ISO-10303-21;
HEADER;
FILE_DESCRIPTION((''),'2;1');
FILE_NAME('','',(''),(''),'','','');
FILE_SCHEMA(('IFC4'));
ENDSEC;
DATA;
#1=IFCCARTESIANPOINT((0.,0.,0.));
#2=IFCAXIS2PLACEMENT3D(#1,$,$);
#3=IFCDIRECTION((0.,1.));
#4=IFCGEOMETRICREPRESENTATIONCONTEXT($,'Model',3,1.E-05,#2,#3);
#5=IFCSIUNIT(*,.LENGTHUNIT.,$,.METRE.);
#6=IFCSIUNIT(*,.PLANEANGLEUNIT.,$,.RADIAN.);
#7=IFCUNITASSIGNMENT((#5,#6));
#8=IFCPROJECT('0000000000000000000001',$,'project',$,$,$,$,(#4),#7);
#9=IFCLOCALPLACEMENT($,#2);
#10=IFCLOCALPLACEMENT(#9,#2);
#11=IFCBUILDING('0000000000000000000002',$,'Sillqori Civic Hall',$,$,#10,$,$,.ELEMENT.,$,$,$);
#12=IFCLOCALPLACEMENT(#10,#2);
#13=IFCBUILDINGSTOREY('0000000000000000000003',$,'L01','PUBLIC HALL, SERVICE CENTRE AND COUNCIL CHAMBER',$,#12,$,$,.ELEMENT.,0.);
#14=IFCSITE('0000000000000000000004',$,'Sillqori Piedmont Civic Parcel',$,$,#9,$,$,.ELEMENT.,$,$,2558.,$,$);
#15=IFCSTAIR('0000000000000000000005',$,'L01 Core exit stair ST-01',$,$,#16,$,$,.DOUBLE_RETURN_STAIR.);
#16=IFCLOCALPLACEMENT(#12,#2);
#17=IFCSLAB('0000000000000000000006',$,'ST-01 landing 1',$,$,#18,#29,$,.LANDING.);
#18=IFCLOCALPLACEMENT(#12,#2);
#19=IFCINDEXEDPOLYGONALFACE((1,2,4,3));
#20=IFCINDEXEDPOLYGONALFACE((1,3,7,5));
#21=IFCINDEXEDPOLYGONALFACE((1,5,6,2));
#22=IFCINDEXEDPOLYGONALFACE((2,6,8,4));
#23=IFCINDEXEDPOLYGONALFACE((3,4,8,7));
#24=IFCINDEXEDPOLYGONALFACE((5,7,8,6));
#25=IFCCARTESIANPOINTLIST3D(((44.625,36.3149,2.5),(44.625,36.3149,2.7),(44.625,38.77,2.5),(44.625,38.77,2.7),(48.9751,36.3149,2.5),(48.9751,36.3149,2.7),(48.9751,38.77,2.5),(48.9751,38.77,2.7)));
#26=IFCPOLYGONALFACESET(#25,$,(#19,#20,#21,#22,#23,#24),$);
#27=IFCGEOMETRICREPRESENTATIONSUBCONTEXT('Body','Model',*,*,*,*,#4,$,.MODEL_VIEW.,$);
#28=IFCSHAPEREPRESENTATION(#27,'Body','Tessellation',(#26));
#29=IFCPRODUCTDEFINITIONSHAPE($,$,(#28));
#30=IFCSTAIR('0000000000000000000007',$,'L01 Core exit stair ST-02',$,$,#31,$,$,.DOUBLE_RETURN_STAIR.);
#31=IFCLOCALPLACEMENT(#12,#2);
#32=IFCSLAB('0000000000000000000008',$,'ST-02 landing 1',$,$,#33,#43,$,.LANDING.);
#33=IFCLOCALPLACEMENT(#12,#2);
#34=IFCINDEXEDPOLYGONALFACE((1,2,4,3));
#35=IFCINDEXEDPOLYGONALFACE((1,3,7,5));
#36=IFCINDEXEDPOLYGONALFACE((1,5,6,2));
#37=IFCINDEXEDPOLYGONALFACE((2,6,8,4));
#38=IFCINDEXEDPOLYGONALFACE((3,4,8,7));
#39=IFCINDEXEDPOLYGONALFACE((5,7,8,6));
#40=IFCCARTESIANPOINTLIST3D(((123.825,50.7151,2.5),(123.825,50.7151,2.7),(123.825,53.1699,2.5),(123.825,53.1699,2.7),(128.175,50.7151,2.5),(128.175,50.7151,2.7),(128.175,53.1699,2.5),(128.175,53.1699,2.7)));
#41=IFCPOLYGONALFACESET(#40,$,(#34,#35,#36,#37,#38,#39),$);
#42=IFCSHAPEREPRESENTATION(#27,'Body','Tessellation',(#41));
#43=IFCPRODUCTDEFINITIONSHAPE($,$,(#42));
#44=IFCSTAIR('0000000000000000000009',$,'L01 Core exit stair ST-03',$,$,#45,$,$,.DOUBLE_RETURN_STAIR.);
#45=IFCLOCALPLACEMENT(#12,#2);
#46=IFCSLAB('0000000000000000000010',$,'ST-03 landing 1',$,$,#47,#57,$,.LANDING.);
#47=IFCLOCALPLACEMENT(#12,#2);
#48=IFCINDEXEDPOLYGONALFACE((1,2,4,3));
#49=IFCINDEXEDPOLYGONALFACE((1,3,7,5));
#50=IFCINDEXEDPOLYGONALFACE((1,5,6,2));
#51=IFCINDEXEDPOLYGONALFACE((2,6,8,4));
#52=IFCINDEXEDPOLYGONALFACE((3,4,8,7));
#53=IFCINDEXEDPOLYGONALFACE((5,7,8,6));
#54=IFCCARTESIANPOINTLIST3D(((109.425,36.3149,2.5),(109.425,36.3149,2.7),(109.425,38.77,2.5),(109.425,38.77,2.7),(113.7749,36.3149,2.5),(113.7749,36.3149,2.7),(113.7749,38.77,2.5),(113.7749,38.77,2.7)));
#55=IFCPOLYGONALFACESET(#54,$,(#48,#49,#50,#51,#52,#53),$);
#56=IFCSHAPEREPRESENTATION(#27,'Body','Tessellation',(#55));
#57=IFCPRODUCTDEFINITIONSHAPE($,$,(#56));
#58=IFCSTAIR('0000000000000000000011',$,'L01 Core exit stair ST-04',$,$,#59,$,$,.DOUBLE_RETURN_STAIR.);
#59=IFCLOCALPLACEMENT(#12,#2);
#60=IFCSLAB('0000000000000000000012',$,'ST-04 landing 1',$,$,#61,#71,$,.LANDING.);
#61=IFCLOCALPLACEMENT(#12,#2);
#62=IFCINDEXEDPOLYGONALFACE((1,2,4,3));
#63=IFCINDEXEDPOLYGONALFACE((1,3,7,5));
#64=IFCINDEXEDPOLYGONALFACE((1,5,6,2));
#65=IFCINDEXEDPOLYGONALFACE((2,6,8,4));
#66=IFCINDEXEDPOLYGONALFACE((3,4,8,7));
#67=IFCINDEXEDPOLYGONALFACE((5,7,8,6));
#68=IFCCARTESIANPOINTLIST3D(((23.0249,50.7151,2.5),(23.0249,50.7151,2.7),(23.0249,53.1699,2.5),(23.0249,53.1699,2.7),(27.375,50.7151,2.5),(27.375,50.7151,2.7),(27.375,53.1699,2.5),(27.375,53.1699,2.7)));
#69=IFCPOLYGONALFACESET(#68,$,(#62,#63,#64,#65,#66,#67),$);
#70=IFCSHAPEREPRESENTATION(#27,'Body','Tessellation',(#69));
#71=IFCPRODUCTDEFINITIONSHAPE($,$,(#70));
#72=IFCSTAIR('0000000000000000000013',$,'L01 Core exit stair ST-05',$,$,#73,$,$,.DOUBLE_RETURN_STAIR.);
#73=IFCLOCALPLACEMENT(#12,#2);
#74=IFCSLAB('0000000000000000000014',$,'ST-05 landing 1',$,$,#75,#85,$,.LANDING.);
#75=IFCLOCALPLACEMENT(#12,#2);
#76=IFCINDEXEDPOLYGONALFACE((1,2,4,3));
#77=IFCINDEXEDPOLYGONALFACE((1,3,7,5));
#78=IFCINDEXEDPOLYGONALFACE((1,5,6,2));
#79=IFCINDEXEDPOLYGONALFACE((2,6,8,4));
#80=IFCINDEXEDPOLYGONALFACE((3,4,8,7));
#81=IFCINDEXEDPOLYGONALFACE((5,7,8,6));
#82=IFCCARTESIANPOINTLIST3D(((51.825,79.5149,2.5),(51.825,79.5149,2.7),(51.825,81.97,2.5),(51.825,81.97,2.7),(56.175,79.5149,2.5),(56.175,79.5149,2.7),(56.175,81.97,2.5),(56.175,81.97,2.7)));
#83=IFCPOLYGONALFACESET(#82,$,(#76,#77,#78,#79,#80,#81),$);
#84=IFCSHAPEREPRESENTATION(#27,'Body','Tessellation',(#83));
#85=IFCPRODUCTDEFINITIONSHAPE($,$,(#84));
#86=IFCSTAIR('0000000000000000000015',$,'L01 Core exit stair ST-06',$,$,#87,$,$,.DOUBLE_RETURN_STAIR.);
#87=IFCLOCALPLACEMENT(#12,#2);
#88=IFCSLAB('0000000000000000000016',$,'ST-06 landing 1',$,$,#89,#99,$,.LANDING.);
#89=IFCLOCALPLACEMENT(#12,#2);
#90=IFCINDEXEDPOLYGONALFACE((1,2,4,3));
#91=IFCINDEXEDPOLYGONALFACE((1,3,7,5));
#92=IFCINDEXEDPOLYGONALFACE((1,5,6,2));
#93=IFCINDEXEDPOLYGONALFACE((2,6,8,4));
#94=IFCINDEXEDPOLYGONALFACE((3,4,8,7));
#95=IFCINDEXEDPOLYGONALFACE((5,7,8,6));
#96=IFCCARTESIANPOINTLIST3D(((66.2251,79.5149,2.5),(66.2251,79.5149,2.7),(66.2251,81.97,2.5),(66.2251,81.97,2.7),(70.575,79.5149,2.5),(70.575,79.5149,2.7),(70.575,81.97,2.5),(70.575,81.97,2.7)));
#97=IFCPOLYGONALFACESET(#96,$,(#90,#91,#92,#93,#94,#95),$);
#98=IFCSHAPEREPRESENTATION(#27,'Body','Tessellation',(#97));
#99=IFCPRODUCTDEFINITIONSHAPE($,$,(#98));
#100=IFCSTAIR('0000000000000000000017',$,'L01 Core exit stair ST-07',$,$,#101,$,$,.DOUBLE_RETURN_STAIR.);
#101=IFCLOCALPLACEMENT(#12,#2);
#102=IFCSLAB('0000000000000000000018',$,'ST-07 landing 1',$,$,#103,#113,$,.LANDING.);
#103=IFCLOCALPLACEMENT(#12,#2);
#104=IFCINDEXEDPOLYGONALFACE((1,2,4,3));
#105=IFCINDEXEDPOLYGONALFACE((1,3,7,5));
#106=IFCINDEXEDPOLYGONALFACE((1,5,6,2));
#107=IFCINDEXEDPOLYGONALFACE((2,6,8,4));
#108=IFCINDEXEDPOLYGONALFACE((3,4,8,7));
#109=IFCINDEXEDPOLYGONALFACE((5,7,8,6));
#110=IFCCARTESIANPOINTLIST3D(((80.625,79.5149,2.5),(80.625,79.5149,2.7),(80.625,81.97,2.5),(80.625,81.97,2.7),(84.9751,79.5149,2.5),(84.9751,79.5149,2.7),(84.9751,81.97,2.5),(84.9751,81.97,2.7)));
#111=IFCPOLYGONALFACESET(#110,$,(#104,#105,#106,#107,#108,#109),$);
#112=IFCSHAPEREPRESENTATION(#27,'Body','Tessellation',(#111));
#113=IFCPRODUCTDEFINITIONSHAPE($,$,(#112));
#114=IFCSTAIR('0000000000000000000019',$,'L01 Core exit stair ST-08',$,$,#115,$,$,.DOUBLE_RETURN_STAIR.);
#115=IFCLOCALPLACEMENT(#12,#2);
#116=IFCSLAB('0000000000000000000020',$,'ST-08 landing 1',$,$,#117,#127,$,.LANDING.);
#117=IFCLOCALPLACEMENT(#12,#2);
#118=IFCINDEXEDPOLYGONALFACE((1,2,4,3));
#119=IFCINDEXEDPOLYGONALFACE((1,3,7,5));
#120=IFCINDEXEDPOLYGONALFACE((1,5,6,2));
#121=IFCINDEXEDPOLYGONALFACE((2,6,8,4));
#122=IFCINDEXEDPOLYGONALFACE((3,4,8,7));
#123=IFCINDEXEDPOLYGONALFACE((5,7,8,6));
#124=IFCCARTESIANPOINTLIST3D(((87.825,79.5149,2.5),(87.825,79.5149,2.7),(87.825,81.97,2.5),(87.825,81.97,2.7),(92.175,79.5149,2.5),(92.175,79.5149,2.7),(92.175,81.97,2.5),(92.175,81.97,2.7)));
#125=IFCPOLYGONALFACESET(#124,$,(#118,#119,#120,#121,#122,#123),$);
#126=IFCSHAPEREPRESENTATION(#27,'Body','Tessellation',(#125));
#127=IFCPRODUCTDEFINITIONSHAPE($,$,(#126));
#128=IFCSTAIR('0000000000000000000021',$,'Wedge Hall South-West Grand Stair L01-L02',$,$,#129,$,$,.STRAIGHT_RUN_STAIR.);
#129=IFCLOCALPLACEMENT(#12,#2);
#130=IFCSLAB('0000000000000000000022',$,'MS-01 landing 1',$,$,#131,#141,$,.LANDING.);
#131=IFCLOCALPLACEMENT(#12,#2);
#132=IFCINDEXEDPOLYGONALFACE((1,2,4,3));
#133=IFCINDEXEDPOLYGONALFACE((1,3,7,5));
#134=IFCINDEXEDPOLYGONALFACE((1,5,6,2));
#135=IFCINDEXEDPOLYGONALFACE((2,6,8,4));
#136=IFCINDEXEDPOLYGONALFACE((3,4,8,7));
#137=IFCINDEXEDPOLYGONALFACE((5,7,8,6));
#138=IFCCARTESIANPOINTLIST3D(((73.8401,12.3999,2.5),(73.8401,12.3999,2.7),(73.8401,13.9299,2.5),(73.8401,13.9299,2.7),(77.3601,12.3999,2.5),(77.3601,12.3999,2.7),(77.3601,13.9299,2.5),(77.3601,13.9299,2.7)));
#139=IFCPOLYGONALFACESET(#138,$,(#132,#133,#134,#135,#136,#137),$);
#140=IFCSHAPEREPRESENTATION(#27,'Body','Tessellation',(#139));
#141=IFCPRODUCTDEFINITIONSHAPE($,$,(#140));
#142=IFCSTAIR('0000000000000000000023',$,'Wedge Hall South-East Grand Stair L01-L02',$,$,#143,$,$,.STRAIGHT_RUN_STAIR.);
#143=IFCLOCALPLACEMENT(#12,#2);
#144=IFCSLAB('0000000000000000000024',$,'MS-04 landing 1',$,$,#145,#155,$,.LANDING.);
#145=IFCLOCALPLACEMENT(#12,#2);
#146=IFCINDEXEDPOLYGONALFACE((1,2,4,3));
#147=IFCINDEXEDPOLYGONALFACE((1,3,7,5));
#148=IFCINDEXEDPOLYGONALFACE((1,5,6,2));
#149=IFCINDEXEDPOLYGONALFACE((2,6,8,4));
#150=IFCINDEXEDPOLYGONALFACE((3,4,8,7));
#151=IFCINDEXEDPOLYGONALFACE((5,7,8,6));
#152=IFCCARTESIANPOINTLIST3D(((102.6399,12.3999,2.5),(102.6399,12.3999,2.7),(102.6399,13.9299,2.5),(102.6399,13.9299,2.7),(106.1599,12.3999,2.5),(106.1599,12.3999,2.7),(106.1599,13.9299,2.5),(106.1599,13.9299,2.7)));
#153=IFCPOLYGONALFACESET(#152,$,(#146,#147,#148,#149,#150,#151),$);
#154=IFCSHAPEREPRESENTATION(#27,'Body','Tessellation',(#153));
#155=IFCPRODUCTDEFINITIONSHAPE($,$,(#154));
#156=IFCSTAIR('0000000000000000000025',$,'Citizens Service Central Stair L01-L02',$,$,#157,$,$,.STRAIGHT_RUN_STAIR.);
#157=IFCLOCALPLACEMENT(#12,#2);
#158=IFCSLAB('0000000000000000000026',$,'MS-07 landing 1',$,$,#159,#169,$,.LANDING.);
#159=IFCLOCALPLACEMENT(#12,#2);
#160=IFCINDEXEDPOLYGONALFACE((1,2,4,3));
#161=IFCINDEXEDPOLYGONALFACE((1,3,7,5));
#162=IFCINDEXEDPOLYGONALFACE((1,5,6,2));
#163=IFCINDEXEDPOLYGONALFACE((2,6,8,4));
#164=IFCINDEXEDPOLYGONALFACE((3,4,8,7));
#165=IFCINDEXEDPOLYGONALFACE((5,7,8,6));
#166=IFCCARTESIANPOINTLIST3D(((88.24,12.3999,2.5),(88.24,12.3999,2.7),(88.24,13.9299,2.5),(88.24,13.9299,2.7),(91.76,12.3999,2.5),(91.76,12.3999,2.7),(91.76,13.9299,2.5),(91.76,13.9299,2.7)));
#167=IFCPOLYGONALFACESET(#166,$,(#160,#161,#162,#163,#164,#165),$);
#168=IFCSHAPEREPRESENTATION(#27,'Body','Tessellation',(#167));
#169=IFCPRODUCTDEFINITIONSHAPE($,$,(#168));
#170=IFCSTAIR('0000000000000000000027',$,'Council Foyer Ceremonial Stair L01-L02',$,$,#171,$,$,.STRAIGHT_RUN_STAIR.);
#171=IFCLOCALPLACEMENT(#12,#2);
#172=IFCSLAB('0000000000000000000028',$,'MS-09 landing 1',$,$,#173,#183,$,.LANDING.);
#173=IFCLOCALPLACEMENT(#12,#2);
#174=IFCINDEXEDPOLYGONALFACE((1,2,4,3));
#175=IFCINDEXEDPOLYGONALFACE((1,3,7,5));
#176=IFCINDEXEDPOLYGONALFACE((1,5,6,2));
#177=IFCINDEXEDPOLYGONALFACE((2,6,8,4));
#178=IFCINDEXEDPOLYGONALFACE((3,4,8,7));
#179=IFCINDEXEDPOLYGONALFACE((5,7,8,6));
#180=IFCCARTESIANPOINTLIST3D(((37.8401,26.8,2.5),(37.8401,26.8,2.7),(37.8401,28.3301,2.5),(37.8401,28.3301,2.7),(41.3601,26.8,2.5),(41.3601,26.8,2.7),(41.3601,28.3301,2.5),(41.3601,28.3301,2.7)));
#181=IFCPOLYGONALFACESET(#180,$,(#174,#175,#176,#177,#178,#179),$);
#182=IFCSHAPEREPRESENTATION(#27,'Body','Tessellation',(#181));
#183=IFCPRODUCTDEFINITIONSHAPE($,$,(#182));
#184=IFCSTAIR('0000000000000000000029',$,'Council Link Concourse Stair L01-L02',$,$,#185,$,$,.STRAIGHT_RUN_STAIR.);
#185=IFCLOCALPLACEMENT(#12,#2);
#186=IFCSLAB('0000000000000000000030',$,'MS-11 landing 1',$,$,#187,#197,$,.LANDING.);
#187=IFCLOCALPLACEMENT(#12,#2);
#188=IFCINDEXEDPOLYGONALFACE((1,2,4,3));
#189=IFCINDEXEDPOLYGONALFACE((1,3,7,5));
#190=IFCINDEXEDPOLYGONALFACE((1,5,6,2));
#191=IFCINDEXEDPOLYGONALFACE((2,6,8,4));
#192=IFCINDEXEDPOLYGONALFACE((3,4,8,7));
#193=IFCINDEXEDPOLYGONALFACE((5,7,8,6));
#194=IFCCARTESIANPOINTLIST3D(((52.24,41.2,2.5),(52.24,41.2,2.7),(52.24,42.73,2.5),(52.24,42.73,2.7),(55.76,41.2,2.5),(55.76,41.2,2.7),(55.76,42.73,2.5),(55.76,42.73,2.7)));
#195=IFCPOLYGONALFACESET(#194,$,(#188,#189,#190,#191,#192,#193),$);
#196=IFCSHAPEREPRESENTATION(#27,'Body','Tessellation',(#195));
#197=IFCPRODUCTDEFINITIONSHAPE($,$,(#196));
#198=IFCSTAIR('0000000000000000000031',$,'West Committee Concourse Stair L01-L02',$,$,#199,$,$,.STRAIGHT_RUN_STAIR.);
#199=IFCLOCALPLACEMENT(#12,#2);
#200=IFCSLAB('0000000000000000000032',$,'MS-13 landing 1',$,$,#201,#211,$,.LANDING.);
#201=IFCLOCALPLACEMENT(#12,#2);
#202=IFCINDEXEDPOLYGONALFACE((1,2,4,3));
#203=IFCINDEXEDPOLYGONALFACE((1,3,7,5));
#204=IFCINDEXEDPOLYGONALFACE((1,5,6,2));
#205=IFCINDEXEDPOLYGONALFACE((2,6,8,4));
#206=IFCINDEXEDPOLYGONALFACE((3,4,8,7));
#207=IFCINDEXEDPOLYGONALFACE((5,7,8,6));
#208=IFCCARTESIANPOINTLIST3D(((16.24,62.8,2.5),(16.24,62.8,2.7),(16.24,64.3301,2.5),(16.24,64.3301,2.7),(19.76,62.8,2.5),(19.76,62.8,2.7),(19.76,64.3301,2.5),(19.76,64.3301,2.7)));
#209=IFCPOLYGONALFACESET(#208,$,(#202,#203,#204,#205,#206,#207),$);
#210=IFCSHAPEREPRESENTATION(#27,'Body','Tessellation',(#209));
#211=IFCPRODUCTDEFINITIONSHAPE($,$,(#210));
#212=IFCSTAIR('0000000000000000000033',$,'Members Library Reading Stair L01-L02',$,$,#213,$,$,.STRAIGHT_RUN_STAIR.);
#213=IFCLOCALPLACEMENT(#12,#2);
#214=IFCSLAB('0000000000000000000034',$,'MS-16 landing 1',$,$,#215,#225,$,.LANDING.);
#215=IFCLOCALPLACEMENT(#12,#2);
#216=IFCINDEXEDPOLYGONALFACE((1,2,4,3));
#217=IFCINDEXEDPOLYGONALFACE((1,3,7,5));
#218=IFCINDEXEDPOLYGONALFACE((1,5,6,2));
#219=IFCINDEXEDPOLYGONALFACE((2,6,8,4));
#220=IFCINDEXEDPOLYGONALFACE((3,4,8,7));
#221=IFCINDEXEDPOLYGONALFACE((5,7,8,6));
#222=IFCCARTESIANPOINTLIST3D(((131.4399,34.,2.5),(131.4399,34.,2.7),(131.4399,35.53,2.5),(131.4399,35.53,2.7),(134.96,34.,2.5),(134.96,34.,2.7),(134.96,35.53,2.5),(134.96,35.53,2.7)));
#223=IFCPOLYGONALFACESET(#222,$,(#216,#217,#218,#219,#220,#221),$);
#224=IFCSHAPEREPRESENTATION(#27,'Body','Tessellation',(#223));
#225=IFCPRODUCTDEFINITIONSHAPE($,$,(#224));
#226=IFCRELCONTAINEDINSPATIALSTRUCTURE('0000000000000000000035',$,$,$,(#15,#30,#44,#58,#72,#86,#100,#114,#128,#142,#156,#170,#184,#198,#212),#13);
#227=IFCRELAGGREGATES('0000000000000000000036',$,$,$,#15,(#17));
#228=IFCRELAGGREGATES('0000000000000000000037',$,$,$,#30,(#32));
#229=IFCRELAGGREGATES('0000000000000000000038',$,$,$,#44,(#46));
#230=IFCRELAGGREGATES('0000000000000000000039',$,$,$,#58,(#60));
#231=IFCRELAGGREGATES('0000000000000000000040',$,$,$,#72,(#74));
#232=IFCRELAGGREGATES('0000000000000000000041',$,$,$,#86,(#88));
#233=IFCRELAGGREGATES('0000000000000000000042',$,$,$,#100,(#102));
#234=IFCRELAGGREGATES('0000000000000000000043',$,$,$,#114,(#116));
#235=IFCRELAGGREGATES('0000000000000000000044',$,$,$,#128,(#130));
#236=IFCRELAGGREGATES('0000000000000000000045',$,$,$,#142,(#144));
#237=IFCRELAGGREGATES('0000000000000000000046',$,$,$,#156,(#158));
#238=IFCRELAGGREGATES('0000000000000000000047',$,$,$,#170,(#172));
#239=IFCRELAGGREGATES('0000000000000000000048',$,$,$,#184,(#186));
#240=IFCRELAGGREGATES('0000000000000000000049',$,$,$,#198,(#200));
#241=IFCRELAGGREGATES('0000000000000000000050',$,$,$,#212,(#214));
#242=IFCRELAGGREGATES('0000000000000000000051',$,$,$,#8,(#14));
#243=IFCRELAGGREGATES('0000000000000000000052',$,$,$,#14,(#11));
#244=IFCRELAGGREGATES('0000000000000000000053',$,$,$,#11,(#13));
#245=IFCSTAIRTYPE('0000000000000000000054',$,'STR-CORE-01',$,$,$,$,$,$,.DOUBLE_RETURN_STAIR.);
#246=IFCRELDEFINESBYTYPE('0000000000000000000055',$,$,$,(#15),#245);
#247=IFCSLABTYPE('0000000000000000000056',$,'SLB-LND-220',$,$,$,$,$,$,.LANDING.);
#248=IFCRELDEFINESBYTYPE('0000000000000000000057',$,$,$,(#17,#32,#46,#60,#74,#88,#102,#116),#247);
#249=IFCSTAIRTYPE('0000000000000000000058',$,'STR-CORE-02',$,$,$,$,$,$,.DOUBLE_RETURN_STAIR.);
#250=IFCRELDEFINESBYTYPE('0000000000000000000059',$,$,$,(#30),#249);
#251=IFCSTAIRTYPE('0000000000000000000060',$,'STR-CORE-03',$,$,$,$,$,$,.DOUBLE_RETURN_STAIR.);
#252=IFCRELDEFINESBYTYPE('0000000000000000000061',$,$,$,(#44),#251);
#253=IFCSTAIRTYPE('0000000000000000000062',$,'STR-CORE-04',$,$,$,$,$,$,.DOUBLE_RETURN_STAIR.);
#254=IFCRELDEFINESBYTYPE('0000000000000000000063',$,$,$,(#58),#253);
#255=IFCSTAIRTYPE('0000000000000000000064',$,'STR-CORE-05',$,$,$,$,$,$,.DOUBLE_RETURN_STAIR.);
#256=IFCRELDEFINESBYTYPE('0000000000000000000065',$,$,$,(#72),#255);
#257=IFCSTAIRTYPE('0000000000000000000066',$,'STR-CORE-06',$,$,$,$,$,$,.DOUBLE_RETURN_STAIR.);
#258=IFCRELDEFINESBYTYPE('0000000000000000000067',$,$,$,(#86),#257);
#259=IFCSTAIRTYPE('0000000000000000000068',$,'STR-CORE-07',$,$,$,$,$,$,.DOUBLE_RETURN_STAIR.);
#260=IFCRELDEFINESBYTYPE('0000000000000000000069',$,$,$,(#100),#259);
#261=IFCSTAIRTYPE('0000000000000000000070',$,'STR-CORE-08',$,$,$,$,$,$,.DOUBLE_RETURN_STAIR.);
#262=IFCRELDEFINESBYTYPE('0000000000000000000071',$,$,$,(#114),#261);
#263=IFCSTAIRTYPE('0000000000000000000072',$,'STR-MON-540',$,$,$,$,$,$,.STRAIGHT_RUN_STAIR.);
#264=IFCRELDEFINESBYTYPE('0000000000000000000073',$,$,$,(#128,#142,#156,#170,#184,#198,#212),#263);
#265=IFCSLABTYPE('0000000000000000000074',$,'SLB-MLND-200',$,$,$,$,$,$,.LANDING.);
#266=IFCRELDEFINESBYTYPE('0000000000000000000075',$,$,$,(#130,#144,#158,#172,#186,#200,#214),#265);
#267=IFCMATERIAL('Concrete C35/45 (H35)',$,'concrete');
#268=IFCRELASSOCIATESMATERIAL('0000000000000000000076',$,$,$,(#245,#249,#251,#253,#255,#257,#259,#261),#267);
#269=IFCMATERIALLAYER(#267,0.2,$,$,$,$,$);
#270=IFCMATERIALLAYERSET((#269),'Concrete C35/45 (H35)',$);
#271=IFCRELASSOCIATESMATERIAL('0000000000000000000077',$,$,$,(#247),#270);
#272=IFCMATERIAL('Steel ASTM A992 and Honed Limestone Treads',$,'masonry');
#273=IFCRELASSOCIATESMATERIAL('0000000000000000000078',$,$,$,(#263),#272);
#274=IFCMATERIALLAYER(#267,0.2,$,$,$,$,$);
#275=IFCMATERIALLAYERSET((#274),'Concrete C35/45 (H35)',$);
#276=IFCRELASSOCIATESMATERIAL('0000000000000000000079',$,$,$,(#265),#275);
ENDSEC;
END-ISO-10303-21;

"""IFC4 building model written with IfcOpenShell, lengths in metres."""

from ifc_helpers import new_model, si_unit, direction, frame, origin, place, context, subcontext, project, spatial, polyline, outline, extrude, material, layer, layer_set, type_object, element, aggregate, save


model = new_model("IFC4")

# Units and contexts
model_context = context("Model", 3, precision=1e-05, world=origin(), true_north=direction((0.0, 1.0)))
body_context = subcontext(model_context, "Body", "Model", "MODEL_VIEW")
ifc_project = project(units=[si_unit("LENGTHUNIT", "METRE"), si_unit("PLANEANGLEUNIT", "RADIAN")], contexts=[model_context])

# Site, building, storey
site_placement = place(None, origin())
site = spatial("IfcSite", under=ifc_project, at=site_placement, Name="Sillqori Piedmont Civic Parcel", CompositionType="ELEMENT", RefElevation=2558.0)
building_placement = place(site_placement, origin())
building = spatial("IfcBuilding", under=site, at=building_placement, Name="Sillqori Civic Hall", CompositionType="ELEMENT")
storey_placement = place(building_placement, origin())
storey = spatial("IfcBuildingStorey", under=building, at=storey_placement, Name="L01", Description="PUBLIC HALL, SERVICE CENTRE AND COUNCIL CHAMBER", CompositionType="ELEMENT", Elevation=0.0)

# Stairs, slabs
ifc_material_1 = material(Name="Concrete C35/45 (H35)", Category="concrete")
stair_type_1 = type_object("IfcStairType", Name="STR-CORE-01", PredefinedType="DOUBLE_RETURN_STAIR", material=ifc_material_1)
stair_1_placement = place(storey_placement, origin())
stair_1 = element("IfcStair", 1, at=stair_1_placement, inside=storey, type_object=stair_type_1, Name="L01 Core exit stair ST-01", PredefinedType="DOUBLE_RETURN_STAIR")
ifc_layer_1 = layer(ifc_material_1, 0.2)
ifc_layer_set_1 = layer_set([ifc_layer_1], Name="Concrete C35/45 (H35)")
slab_type_1 = type_object("IfcSlabType", Name="SLB-LND-220", PredefinedType="LANDING", material=ifc_layer_set_1)
slab_1_placement = place(storey_placement, frame((0.0, 0.0, 2.5)))
slab_1 = element("IfcSlab", 2, at=slab_1_placement, type_object=slab_type_1, Name="ST-01 landing 1", PredefinedType="LANDING", context=body_context, shape_type="SweptSolid", body=[
    extrude(outline(polyline([(44.625, 38.77), (44.625, 36.3149), (48.9751, 36.3149), (48.9751, 38.77), (44.625, 38.77)])), origin(), (0.0, 0.0, 1.0), 0.2),
])
aggregate(stair_1, [slab_1])
stair_type_2 = type_object("IfcStairType", Name="STR-CORE-02", PredefinedType="DOUBLE_RETURN_STAIR", material=ifc_material_1)
stair_2_placement = place(storey_placement, origin())
stair_2 = element("IfcStair", 3, at=stair_2_placement, inside=storey, type_object=stair_type_2, Name="L01 Core exit stair ST-02", PredefinedType="DOUBLE_RETURN_STAIR")
slab_2_placement = place(storey_placement, frame((0.0, 0.0, 2.5)))
slab_2 = element("IfcSlab", 4, at=slab_2_placement, type_object=slab_type_1, Name="ST-02 landing 1", PredefinedType="LANDING", context=body_context, shape_type="SweptSolid", body=[
    extrude(outline(polyline([(123.825, 53.1699), (123.825, 50.7151), (128.175, 50.7151), (128.175, 53.1699), (123.825, 53.1699)])), origin(), (0.0, 0.0, 1.0), 0.2),
])
aggregate(stair_2, [slab_2])
stair_type_3 = type_object("IfcStairType", Name="STR-CORE-03", PredefinedType="DOUBLE_RETURN_STAIR", material=ifc_material_1)
stair_3_placement = place(storey_placement, origin())
stair_3 = element("IfcStair", 5, at=stair_3_placement, inside=storey, type_object=stair_type_3, Name="L01 Core exit stair ST-03", PredefinedType="DOUBLE_RETURN_STAIR")
slab_3_placement = place(storey_placement, frame((0.0, 0.0, 2.5)))
slab_3 = element("IfcSlab", 6, at=slab_3_placement, type_object=slab_type_1, Name="ST-03 landing 1", PredefinedType="LANDING", context=body_context, shape_type="SweptSolid", body=[
    extrude(outline(polyline([(109.425, 38.77), (109.425, 36.3149), (113.7749, 36.3149), (113.7749, 38.77), (109.425, 38.77)])), origin(), (0.0, 0.0, 1.0), 0.2),
])
aggregate(stair_3, [slab_3])
stair_type_4 = type_object("IfcStairType", Name="STR-CORE-04", PredefinedType="DOUBLE_RETURN_STAIR", material=ifc_material_1)
stair_4_placement = place(storey_placement, origin())
stair_4 = element("IfcStair", 7, at=stair_4_placement, inside=storey, type_object=stair_type_4, Name="L01 Core exit stair ST-04", PredefinedType="DOUBLE_RETURN_STAIR")
slab_4_placement = place(storey_placement, frame((0.0, 0.0, 2.5)))
slab_4 = element("IfcSlab", 8, at=slab_4_placement, type_object=slab_type_1, Name="ST-04 landing 1", PredefinedType="LANDING", context=body_context, shape_type="SweptSolid", body=[
    extrude(outline(polyline([(23.0249, 53.1699), (23.0249, 50.7151), (27.375, 50.7151), (27.375, 53.1699), (23.0249, 53.1699)])), origin(), (0.0, 0.0, 1.0), 0.2),
])
aggregate(stair_4, [slab_4])
stair_type_5 = type_object("IfcStairType", Name="STR-CORE-05", PredefinedType="DOUBLE_RETURN_STAIR", material=ifc_material_1)
stair_5_placement = place(storey_placement, origin())
stair_5 = element("IfcStair", 9, at=stair_5_placement, inside=storey, type_object=stair_type_5, Name="L01 Core exit stair ST-05", PredefinedType="DOUBLE_RETURN_STAIR")
slab_5_placement = place(storey_placement, frame((0.0, 0.0, 2.5)))
slab_5 = element("IfcSlab", 10, at=slab_5_placement, type_object=slab_type_1, Name="ST-05 landing 1", PredefinedType="LANDING", context=body_context, shape_type="SweptSolid", body=[
    extrude(outline(polyline([(51.825, 81.97), (51.825, 79.5149), (56.175, 79.5149), (56.175, 81.97), (51.825, 81.97)])), origin(), (0.0, 0.0, 1.0), 0.2),
])
aggregate(stair_5, [slab_5])
stair_type_6 = type_object("IfcStairType", Name="STR-CORE-06", PredefinedType="DOUBLE_RETURN_STAIR", material=ifc_material_1)
stair_6_placement = place(storey_placement, origin())
stair_6 = element("IfcStair", 11, at=stair_6_placement, inside=storey, type_object=stair_type_6, Name="L01 Core exit stair ST-06", PredefinedType="DOUBLE_RETURN_STAIR")
slab_6_placement = place(storey_placement, frame((0.0, 0.0, 2.5)))
slab_6 = element("IfcSlab", 12, at=slab_6_placement, type_object=slab_type_1, Name="ST-06 landing 1", PredefinedType="LANDING", context=body_context, shape_type="SweptSolid", body=[
    extrude(outline(polyline([(66.2251, 81.97), (66.2251, 79.5149), (70.575, 79.5149), (70.575, 81.97), (66.2251, 81.97)])), origin(), (0.0, 0.0, 1.0), 0.2),
])
aggregate(stair_6, [slab_6])
stair_type_7 = type_object("IfcStairType", Name="STR-CORE-07", PredefinedType="DOUBLE_RETURN_STAIR", material=ifc_material_1)
stair_7_placement = place(storey_placement, origin())
stair_7 = element("IfcStair", 13, at=stair_7_placement, inside=storey, type_object=stair_type_7, Name="L01 Core exit stair ST-07", PredefinedType="DOUBLE_RETURN_STAIR")
slab_7_placement = place(storey_placement, frame((0.0, 0.0, 2.5)))
slab_7 = element("IfcSlab", 14, at=slab_7_placement, type_object=slab_type_1, Name="ST-07 landing 1", PredefinedType="LANDING", context=body_context, shape_type="SweptSolid", body=[
    extrude(outline(polyline([(80.625, 81.97), (80.625, 79.5149), (84.9751, 79.5149), (84.9751, 81.97), (80.625, 81.97)])), origin(), (0.0, 0.0, 1.0), 0.2),
])
aggregate(stair_7, [slab_7])
stair_type_8 = type_object("IfcStairType", Name="STR-CORE-08", PredefinedType="DOUBLE_RETURN_STAIR", material=ifc_material_1)
stair_8_placement = place(storey_placement, origin())
stair_8 = element("IfcStair", 15, at=stair_8_placement, inside=storey, type_object=stair_type_8, Name="L01 Core exit stair ST-08", PredefinedType="DOUBLE_RETURN_STAIR")
slab_8_placement = place(storey_placement, frame((0.0, 0.0, 2.5)))
slab_8 = element("IfcSlab", 16, at=slab_8_placement, type_object=slab_type_1, Name="ST-08 landing 1", PredefinedType="LANDING", context=body_context, shape_type="SweptSolid", body=[
    extrude(outline(polyline([(87.825, 81.97), (87.825, 79.5149), (92.175, 79.5149), (92.175, 81.97), (87.825, 81.97)])), origin(), (0.0, 0.0, 1.0), 0.2),
])
aggregate(stair_8, [slab_8])
ifc_material_2 = material(Name="Steel ASTM A992 and Honed Limestone Treads", Category="masonry")
stair_type_9 = type_object("IfcStairType", Name="STR-MON-540", PredefinedType="STRAIGHT_RUN_STAIR", material=ifc_material_2)
stair_9_placement = place(storey_placement, origin())
stair_9 = element("IfcStair", 17, at=stair_9_placement, inside=storey, type_object=stair_type_9, Name="Wedge Hall South-West Grand Stair L01-L02", PredefinedType="STRAIGHT_RUN_STAIR")
ifc_layer_2 = layer(ifc_material_1, 0.2)
ifc_layer_set_2 = layer_set([ifc_layer_2], Name="Concrete C35/45 (H35)")
slab_type_2 = type_object("IfcSlabType", Name="SLB-MLND-200", PredefinedType="LANDING", material=ifc_layer_set_2)
slab_9_placement = place(storey_placement, frame((0.0, 0.0, 2.5)))
slab_9 = element("IfcSlab", 18, at=slab_9_placement, type_object=slab_type_2, Name="MS-01 landing 1", PredefinedType="LANDING", context=body_context, shape_type="SweptSolid", body=[
    extrude(outline(polyline([(73.8401, 12.3999), (77.3601, 12.3999), (77.3601, 13.9299), (73.8401, 13.9299), (73.8401, 12.3999)])), origin(), (0.0, 0.0, 1.0), 0.2),
])
aggregate(stair_9, [slab_9])
stair_10_placement = place(storey_placement, origin())
stair_10 = element("IfcStair", 19, at=stair_10_placement, inside=storey, type_object=stair_type_9, Name="Wedge Hall South-East Grand Stair L01-L02", PredefinedType="STRAIGHT_RUN_STAIR")
slab_10_placement = place(storey_placement, frame((0.0, 0.0, 2.5)))
slab_10 = element("IfcSlab", 20, at=slab_10_placement, type_object=slab_type_2, Name="MS-04 landing 1", PredefinedType="LANDING", context=body_context, shape_type="SweptSolid", body=[
    extrude(outline(polyline([(102.6399, 12.3999), (106.1599, 12.3999), (106.1599, 13.9299), (102.6399, 13.9299), (102.6399, 12.3999)])), origin(), (0.0, 0.0, 1.0), 0.2),
])
aggregate(stair_10, [slab_10])
stair_11_placement = place(storey_placement, origin())
stair_11 = element("IfcStair", 21, at=stair_11_placement, inside=storey, type_object=stair_type_9, Name="Citizens Service Central Stair L01-L02", PredefinedType="STRAIGHT_RUN_STAIR")
slab_11_placement = place(storey_placement, frame((0.0, 0.0, 2.5)))
slab_11 = element("IfcSlab", 22, at=slab_11_placement, type_object=slab_type_2, Name="MS-07 landing 1", PredefinedType="LANDING", context=body_context, shape_type="SweptSolid", body=[
    extrude(outline(polyline([(88.24, 12.3999), (91.76, 12.3999), (91.76, 13.9299), (88.24, 13.9299), (88.24, 12.3999)])), origin(), (0.0, 0.0, 1.0), 0.2),
])
aggregate(stair_11, [slab_11])
stair_12_placement = place(storey_placement, origin())
stair_12 = element("IfcStair", 23, at=stair_12_placement, inside=storey, type_object=stair_type_9, Name="Council Foyer Ceremonial Stair L01-L02", PredefinedType="STRAIGHT_RUN_STAIR")
slab_12_placement = place(storey_placement, frame((0.0, 0.0, 2.5)))
slab_12 = element("IfcSlab", 24, at=slab_12_placement, type_object=slab_type_2, Name="MS-09 landing 1", PredefinedType="LANDING", context=body_context, shape_type="SweptSolid", body=[
    extrude(outline(polyline([(37.8401, 26.8), (41.3601, 26.8), (41.3601, 28.3301), (37.8401, 28.3301), (37.8401, 26.8)])), origin(), (0.0, 0.0, 1.0), 0.2),
])
aggregate(stair_12, [slab_12])
stair_13_placement = place(storey_placement, origin())
stair_13 = element("IfcStair", 25, at=stair_13_placement, inside=storey, type_object=stair_type_9, Name="Council Link Concourse Stair L01-L02", PredefinedType="STRAIGHT_RUN_STAIR")
slab_13_placement = place(storey_placement, frame((0.0, 0.0, 2.5)))
slab_13 = element("IfcSlab", 26, at=slab_13_placement, type_object=slab_type_2, Name="MS-11 landing 1", PredefinedType="LANDING", context=body_context, shape_type="SweptSolid", body=[
    extrude(outline(polyline([(52.24, 41.2), (55.76, 41.2), (55.76, 42.73), (52.24, 42.73), (52.24, 41.2)])), origin(), (0.0, 0.0, 1.0), 0.2),
])
aggregate(stair_13, [slab_13])
stair_14_placement = place(storey_placement, origin())
stair_14 = element("IfcStair", 27, at=stair_14_placement, inside=storey, type_object=stair_type_9, Name="West Committee Concourse Stair L01-L02", PredefinedType="STRAIGHT_RUN_STAIR")
slab_14_placement = place(storey_placement, frame((0.0, 0.0, 2.5)))
slab_14 = element("IfcSlab", 28, at=slab_14_placement, type_object=slab_type_2, Name="MS-13 landing 1", PredefinedType="LANDING", context=body_context, shape_type="SweptSolid", body=[
    extrude(outline(polyline([(16.24, 62.8), (19.76, 62.8), (19.76, 64.3301), (16.24, 64.3301), (16.24, 62.8)])), origin(), (0.0, 0.0, 1.0), 0.2),
])
aggregate(stair_14, [slab_14])
stair_15_placement = place(storey_placement, origin())
stair_15 = element("IfcStair", 29, at=stair_15_placement, inside=storey, type_object=stair_type_9, Name="Members Library Reading Stair L01-L02", PredefinedType="STRAIGHT_RUN_STAIR")
slab_15_placement = place(storey_placement, frame((0.0, 0.0, 2.5)))
slab_15 = element("IfcSlab", 30, at=slab_15_placement, type_object=slab_type_2, Name="MS-16 landing 1", PredefinedType="LANDING", context=body_context, shape_type="SweptSolid", body=[
    extrude(outline(polyline([(131.4399, 34.0), (134.96, 34.0), (134.96, 35.53), (131.4399, 35.53), (131.4399, 34.0)])), origin(), (0.0, 0.0, 1.0), 0.2),
])
aggregate(stair_15, [slab_15])

save(model, "model.ifc")
